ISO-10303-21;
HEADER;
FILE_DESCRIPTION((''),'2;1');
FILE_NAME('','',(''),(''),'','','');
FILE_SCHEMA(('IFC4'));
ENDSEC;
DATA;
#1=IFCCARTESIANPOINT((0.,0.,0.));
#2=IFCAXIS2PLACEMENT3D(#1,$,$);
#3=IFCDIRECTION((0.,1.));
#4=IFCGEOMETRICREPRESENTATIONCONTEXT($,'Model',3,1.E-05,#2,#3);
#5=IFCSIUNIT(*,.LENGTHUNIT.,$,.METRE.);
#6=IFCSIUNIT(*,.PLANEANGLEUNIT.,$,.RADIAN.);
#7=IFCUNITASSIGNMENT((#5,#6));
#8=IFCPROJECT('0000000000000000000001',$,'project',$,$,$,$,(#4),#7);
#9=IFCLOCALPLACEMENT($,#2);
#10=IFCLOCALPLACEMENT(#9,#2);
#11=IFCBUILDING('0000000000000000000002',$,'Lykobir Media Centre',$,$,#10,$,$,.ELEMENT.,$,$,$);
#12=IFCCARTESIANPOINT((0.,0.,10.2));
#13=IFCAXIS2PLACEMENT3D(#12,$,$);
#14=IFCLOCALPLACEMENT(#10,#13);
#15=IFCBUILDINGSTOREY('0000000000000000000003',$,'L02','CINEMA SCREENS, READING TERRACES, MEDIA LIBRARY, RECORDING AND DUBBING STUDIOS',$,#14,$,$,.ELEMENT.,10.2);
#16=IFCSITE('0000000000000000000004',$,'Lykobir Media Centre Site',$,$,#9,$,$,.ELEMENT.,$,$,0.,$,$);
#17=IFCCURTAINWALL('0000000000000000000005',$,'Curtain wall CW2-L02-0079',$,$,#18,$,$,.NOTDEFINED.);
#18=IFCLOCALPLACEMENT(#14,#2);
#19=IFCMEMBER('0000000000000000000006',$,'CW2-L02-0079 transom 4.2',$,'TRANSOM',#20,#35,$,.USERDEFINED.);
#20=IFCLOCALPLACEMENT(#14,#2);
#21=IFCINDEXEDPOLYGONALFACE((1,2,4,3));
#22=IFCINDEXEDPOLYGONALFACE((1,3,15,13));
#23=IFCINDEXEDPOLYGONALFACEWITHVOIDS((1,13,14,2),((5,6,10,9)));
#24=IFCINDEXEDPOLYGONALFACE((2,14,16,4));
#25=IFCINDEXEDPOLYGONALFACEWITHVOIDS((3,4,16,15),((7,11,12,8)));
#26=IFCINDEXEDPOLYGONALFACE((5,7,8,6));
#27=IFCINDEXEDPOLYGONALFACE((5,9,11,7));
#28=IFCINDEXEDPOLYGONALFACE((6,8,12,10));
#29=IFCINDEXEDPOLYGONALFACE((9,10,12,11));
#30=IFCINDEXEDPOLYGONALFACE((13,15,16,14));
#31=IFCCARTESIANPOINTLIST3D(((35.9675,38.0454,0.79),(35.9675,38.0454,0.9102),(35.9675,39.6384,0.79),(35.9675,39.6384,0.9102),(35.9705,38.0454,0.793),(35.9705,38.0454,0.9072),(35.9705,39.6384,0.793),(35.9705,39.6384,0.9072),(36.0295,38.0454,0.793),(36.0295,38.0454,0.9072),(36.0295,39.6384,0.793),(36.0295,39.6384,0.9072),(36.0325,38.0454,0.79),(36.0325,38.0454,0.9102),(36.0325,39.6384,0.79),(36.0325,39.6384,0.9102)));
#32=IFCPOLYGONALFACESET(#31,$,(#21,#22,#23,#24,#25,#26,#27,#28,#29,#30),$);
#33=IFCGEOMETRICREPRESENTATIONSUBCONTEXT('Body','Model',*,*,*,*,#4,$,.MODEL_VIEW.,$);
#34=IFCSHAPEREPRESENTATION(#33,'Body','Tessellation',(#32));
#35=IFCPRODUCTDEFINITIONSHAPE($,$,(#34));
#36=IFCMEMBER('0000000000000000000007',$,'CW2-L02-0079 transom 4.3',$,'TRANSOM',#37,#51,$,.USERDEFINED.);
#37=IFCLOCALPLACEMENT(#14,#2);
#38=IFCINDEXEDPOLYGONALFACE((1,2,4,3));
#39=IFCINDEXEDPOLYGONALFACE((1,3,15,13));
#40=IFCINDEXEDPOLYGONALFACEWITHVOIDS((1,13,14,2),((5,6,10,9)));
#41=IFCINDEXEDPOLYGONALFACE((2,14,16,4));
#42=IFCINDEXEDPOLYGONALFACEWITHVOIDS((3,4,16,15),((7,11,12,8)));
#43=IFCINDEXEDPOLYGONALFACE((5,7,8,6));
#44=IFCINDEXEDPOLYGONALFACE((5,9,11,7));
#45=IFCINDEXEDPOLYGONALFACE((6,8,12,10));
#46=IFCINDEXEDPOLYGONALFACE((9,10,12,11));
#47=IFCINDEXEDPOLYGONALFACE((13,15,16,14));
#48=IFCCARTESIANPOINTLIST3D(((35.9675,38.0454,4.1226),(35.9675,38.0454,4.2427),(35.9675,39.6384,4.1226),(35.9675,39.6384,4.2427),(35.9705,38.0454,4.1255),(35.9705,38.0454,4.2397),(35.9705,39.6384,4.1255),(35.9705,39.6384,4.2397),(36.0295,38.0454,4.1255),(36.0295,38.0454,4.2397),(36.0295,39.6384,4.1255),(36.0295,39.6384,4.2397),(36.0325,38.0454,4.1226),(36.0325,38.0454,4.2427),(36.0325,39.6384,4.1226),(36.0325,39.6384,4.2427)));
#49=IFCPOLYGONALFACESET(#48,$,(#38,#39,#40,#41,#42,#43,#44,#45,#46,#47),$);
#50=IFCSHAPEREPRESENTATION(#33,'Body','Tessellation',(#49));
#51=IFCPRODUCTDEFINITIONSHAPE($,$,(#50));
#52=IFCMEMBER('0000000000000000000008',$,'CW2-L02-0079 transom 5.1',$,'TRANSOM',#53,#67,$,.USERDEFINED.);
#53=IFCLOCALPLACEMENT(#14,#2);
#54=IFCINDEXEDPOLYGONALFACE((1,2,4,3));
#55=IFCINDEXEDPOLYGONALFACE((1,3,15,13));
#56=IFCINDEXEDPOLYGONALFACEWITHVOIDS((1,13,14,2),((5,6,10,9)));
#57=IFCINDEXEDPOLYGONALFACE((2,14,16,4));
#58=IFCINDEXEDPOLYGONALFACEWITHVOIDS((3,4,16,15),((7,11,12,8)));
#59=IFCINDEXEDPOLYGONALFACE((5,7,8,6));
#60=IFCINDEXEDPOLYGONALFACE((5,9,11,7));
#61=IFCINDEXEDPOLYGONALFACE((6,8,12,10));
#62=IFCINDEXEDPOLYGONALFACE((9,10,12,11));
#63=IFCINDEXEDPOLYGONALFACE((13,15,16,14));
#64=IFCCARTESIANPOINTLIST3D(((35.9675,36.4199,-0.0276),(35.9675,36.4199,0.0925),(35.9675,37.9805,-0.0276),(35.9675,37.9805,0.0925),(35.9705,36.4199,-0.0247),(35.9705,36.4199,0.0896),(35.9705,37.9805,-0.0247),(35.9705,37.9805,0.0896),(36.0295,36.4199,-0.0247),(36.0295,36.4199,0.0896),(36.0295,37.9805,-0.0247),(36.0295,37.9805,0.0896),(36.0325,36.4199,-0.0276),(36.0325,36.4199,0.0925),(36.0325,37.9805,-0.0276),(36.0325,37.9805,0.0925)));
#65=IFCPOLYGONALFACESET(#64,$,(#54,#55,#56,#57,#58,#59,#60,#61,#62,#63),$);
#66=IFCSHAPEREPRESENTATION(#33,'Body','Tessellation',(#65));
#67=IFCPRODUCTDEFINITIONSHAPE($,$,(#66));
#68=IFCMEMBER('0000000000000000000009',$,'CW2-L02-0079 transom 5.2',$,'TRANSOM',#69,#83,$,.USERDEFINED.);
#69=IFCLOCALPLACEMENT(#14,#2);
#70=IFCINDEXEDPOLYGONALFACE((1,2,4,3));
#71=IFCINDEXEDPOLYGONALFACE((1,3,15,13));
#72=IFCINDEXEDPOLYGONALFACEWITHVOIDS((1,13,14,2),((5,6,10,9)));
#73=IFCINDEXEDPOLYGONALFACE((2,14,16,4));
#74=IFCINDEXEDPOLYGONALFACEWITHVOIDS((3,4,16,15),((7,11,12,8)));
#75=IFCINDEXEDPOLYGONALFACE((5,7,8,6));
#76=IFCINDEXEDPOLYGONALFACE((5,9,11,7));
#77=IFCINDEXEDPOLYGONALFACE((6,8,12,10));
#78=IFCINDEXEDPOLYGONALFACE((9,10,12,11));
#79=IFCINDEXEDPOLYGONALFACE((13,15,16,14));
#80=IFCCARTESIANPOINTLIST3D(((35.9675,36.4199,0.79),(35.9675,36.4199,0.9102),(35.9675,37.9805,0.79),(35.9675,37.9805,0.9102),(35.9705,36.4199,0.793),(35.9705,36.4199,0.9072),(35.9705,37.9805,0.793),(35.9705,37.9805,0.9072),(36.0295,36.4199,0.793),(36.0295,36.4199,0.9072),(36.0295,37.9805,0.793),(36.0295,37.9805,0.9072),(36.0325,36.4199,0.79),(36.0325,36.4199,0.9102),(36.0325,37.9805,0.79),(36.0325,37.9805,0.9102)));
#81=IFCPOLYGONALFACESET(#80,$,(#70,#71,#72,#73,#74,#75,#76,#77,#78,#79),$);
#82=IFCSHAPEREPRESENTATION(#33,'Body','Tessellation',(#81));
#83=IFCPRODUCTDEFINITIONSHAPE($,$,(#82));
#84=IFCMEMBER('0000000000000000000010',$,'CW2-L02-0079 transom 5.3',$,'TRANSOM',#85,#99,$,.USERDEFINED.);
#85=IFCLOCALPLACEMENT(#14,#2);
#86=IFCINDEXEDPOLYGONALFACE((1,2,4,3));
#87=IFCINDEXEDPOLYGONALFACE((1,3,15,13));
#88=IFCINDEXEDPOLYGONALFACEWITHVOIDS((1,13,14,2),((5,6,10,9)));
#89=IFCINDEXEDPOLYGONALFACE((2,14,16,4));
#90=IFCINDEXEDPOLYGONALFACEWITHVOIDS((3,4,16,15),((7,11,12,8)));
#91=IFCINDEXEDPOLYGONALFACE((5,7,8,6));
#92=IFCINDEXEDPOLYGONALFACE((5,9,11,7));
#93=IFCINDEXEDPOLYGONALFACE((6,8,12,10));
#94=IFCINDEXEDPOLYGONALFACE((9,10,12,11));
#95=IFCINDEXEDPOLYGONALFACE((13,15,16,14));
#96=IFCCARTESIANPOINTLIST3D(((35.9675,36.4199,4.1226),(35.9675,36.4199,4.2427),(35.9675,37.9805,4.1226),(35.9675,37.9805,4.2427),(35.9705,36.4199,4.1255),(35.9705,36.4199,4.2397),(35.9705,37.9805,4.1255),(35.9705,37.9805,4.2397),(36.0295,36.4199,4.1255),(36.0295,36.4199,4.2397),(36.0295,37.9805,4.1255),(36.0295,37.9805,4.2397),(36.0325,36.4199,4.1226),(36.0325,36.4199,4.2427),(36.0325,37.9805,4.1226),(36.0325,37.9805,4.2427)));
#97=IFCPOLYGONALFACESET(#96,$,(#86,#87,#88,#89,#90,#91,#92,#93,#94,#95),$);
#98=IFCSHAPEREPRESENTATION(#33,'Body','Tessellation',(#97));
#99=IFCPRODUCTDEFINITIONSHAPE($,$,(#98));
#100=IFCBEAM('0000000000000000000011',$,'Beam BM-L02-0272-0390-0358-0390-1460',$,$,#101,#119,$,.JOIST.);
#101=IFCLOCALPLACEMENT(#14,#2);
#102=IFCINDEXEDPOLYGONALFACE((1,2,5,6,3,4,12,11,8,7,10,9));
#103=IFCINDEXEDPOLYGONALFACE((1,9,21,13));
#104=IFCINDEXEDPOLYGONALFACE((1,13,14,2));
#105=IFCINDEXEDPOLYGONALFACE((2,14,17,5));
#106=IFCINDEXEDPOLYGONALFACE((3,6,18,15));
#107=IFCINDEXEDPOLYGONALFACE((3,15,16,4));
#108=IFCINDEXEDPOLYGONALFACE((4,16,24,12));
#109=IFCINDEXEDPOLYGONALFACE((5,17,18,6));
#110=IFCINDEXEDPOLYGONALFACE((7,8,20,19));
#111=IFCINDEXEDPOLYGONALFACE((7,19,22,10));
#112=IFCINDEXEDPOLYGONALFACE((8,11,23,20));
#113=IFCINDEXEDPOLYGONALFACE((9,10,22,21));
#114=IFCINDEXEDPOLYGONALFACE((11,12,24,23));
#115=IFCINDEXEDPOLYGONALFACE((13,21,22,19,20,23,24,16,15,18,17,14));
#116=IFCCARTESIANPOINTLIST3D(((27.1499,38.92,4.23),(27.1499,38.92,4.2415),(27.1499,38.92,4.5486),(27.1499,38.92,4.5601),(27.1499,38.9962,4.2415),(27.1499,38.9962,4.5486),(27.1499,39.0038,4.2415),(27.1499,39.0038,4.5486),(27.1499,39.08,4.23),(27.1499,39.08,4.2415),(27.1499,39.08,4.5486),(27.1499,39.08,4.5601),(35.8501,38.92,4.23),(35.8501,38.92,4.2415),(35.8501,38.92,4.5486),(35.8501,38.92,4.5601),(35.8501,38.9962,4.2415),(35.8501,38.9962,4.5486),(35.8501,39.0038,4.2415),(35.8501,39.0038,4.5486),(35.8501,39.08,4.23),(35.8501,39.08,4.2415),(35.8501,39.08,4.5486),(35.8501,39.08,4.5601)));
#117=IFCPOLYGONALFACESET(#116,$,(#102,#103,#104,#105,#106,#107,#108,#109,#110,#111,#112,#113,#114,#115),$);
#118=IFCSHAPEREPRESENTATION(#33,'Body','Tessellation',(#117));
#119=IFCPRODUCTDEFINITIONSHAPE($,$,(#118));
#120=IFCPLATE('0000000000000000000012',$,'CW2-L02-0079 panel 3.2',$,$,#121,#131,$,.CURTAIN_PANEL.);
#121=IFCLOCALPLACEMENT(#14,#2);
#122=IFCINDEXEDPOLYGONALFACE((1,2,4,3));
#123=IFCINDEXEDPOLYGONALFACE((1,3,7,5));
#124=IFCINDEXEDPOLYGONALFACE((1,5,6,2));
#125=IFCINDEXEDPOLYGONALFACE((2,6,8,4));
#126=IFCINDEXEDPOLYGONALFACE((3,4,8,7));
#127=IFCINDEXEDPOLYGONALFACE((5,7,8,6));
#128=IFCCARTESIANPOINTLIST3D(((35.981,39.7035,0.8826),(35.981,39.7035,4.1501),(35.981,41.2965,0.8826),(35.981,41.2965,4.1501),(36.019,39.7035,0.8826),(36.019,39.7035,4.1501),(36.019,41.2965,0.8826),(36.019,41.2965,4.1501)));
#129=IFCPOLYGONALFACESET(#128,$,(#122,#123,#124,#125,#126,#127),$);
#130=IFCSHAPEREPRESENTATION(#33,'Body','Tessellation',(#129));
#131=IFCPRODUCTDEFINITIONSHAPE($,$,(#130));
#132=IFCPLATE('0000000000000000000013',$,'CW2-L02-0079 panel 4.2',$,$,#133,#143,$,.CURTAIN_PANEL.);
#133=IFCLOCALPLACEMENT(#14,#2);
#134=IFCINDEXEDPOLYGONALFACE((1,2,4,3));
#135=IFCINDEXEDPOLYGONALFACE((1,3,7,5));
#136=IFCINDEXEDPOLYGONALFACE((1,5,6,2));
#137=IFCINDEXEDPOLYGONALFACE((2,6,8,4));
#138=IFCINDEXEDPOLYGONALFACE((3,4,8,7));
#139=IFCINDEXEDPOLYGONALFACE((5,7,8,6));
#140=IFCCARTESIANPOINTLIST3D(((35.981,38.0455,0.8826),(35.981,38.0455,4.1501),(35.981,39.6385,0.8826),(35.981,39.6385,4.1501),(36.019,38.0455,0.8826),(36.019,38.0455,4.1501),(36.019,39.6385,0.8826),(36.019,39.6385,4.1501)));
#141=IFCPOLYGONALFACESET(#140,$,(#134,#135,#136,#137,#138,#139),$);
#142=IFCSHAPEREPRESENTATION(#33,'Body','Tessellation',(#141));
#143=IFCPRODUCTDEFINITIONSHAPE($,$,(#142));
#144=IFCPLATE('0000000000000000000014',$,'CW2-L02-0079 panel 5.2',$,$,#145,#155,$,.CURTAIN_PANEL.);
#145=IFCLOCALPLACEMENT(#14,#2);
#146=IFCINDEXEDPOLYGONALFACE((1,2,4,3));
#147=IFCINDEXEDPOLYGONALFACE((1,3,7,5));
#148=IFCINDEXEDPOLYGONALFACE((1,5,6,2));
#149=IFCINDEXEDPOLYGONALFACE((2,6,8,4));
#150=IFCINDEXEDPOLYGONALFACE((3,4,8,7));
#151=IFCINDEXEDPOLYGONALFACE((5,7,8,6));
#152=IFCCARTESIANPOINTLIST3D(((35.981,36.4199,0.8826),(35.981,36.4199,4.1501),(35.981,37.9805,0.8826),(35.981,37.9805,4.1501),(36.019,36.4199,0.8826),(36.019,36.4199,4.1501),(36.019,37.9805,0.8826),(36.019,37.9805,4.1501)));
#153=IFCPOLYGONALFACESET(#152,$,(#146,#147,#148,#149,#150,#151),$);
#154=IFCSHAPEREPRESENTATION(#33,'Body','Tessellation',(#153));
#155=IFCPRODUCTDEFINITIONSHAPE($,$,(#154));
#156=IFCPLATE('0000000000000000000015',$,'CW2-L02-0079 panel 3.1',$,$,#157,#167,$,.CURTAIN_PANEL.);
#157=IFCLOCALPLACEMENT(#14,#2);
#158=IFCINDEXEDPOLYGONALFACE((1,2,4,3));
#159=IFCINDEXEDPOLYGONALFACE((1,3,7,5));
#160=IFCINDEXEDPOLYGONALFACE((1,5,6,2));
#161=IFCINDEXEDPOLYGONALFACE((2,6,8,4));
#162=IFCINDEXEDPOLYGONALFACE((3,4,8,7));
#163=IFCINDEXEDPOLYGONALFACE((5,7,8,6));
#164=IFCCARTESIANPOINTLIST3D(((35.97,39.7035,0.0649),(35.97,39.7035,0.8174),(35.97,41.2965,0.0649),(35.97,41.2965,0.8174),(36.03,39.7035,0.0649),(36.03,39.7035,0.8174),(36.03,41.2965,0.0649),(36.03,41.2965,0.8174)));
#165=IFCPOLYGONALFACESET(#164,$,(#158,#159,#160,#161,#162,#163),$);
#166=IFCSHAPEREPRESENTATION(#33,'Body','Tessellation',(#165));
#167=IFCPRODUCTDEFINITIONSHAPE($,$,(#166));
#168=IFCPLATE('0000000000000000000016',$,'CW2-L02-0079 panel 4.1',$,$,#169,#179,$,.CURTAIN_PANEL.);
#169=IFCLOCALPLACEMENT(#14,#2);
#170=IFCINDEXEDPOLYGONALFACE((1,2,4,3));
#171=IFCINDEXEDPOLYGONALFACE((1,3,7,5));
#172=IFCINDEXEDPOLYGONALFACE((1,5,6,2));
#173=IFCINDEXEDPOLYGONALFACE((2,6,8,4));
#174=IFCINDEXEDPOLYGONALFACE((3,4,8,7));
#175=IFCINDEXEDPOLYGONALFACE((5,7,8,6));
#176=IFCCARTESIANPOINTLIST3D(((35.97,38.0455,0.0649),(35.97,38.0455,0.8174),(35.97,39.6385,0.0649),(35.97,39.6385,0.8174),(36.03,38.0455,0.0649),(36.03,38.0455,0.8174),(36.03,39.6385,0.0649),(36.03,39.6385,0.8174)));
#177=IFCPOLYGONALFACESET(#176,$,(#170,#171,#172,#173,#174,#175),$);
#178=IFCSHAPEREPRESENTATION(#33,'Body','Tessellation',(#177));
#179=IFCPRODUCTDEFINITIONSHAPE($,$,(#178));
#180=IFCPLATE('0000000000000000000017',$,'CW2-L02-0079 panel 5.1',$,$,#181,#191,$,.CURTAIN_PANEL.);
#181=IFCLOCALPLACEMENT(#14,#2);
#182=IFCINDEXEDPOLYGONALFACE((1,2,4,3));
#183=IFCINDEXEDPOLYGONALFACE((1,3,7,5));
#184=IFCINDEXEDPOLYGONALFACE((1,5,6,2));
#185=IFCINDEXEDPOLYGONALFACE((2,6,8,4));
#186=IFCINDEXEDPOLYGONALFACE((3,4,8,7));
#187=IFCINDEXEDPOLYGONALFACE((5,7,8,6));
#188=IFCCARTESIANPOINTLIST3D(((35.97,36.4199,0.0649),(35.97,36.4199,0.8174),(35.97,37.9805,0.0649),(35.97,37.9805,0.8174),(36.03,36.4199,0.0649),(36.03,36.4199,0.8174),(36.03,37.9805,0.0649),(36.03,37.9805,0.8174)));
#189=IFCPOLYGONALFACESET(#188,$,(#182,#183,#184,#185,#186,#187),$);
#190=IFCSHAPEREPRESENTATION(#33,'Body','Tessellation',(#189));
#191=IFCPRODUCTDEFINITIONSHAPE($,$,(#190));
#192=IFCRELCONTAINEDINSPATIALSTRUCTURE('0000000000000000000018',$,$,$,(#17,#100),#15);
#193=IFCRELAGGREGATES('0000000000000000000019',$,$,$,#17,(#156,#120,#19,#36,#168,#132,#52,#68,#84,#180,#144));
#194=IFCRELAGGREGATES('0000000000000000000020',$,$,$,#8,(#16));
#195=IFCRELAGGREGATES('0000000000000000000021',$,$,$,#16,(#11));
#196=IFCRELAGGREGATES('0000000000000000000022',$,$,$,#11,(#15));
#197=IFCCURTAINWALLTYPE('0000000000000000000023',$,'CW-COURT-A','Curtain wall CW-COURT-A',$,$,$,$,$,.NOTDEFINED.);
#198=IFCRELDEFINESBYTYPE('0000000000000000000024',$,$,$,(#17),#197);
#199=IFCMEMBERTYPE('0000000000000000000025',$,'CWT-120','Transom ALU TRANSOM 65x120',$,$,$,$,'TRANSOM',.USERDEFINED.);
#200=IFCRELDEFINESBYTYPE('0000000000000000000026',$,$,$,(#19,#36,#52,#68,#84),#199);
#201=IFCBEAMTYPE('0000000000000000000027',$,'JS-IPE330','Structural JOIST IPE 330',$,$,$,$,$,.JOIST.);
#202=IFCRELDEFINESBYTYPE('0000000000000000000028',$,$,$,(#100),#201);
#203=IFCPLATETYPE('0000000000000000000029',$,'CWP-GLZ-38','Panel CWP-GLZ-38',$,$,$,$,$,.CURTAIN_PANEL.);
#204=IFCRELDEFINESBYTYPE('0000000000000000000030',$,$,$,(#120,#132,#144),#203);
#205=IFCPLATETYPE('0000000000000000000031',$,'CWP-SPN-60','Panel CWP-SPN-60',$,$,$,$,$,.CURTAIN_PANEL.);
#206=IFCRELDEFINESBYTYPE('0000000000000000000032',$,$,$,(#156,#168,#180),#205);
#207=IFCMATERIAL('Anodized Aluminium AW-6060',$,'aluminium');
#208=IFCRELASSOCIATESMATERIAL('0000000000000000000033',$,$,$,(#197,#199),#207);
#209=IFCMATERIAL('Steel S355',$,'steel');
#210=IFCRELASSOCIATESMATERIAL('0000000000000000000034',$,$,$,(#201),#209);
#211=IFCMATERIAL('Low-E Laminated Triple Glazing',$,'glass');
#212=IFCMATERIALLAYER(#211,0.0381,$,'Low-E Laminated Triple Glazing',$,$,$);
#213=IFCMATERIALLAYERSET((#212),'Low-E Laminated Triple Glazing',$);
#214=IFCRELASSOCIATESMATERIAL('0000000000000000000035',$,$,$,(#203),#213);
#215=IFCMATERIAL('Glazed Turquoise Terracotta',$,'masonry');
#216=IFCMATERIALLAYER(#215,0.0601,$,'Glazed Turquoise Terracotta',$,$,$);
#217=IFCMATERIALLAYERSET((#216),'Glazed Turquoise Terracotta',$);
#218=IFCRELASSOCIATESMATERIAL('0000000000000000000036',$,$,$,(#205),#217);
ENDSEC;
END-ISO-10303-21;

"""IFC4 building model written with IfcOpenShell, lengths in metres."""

from ifc_helpers import new_model, si_unit, direction, frame, origin, origin_2d, place, context, subcontext, project, spatial, rectangle, hollow_rectangle, i_section, extrude, material, layer, layer_set, material_profile, profile_set, type_object, element, aggregate, save


model = new_model("IFC4")

# Units and contexts
model_context = context("Model", 3, precision=1e-05, world=origin(), true_north=direction((0.0, 1.0)))
body_context = subcontext(model_context, "Body", "Model", "MODEL_VIEW")
ifc_project = project(units=[si_unit("LENGTHUNIT", "METRE"), si_unit("PLANEANGLEUNIT", "RADIAN")], contexts=[model_context])

# Site, building, storey
site_placement = place(None, origin())
site = spatial("IfcSite", under=ifc_project, at=site_placement, Name="Lykobir Media Centre Site", CompositionType="ELEMENT", RefElevation=0.0)
building_placement = place(site_placement, origin())
building = spatial("IfcBuilding", under=site, at=building_placement, Name="Lykobir Media Centre", CompositionType="ELEMENT")
storey_placement = place(building_placement, frame((0.0, 0.0, 10.2)))
storey = spatial("IfcBuildingStorey", under=building, at=storey_placement, Name="L02", Description="CINEMA SCREENS, READING TERRACES, MEDIA LIBRARY, RECORDING AND DUBBING STUDIOS", CompositionType="ELEMENT", Elevation=10.2)

# Shared definitions
ifc_material_1 = material(Name="Steel S355", Category="steel")

# Shared definitions
ifc_material_2 = material(Name="Anodized Aluminium AW-6060", Category="aluminium")
curtain_wall_type = type_object("IfcCurtainWallType", Name="CW-COURT-A", Description="Curtain wall CW-COURT-A", PredefinedType="NOTDEFINED", material=ifc_material_2)

# Curtain wall
curtain_wall_1_placement = place(storey_placement, origin())
curtain_wall_1 = element("IfcCurtainWall", 1, at=curtain_wall_1_placement, inside=storey, type_object=curtain_wall_type, Name="Curtain wall CW2-L02-0079", PredefinedType="NOTDEFINED")

# Members
ifc_material_profile_1 = material_profile(ifc_material_2, hollow_rectangle(XDim=0.0649, YDim=0.1201, WallThickness=0.0029, at=origin_2d()), Name="ALU TRANSOM 65x120")
ifc_profile_set_1 = profile_set([ifc_material_profile_1], Name="Anodized Aluminium AW-6060")
member_type_1 = type_object("IfcMemberType", Name="CWT-120", Description="Transom ALU TRANSOM 65x120", ElementType="TRANSOM", PredefinedType="USERDEFINED", material=ifc_profile_set_1)
member_1_placement = place(storey_placement, frame((36.0, 39.6384, 0.8501), z_axis=(0.0, -1.0, 0.0), x_axis=(1.0, 0.0, 0.0)))
member_1 = element("IfcMember", 2, at=member_1_placement, type_object=member_type_1, Name="CW2-L02-0079 transom 4.2", ObjectType="TRANSOM", PredefinedType="USERDEFINED", context=body_context, shape_type="SweptSolid", body=[
    extrude(hollow_rectangle(XDim=0.0649, YDim=0.1201, WallThickness=0.0029, at=origin_2d()), origin(), (0.0, 0.0, 1.0), 1.593),
])
member_2_placement = place(storey_placement, frame((36.0, 39.6384, 4.1826), z_axis=(0.0, -1.0, 0.0), x_axis=(1.0, 0.0, 0.0)))
member_2 = element("IfcMember", 3, at=member_2_placement, type_object=member_type_1, Name="CW2-L02-0079 transom 4.3", ObjectType="TRANSOM", PredefinedType="USERDEFINED", context=body_context, shape_type="SweptSolid", body=[
    extrude(hollow_rectangle(XDim=0.0649, YDim=0.1201, WallThickness=0.0029, at=origin_2d()), origin(), (0.0, 0.0, 1.0), 1.593),
])
member_3_placement = place(storey_placement, frame((36.0, 37.9805, 0.0325), z_axis=(0.0, -1.0, 0.0), x_axis=(1.0, 0.0, 0.0)))
member_3 = element("IfcMember", 4, at=member_3_placement, type_object=member_type_1, Name="CW2-L02-0079 transom 5.1", ObjectType="TRANSOM", PredefinedType="USERDEFINED", context=body_context, shape_type="SweptSolid", body=[
    extrude(hollow_rectangle(XDim=0.0649, YDim=0.1201, WallThickness=0.0029, at=origin_2d()), origin(), (0.0, 0.0, 1.0), 1.5605),
])
member_4_placement = place(storey_placement, frame((36.0, 37.9805, 0.8501), z_axis=(0.0, -1.0, 0.0), x_axis=(1.0, 0.0, 0.0)))
member_4 = element("IfcMember", 5, at=member_4_placement, type_object=member_type_1, Name="CW2-L02-0079 transom 5.2", ObjectType="TRANSOM", PredefinedType="USERDEFINED", context=body_context, shape_type="SweptSolid", body=[
    extrude(hollow_rectangle(XDim=0.0649, YDim=0.1201, WallThickness=0.0029, at=origin_2d()), origin(), (0.0, 0.0, 1.0), 1.5605),
])
member_5_placement = place(storey_placement, frame((36.0, 37.9805, 4.1826), z_axis=(0.0, -1.0, 0.0), x_axis=(1.0, 0.0, 0.0)))
member_5 = element("IfcMember", 6, at=member_5_placement, type_object=member_type_1, Name="CW2-L02-0079 transom 5.3", ObjectType="TRANSOM", PredefinedType="USERDEFINED", context=body_context, shape_type="SweptSolid", body=[
    extrude(hollow_rectangle(XDim=0.0649, YDim=0.1201, WallThickness=0.0029, at=origin_2d()), origin(), (0.0, 0.0, 1.0), 1.5605),
])

# Beam
ifc_material_profile_2 = material_profile(ifc_material_1, i_section(OverallWidth=0.1599, OverallDepth=0.3301, WebThickness=0.0076, FlangeThickness=0.0115, at=origin_2d()), Name="IPE 330")
ifc_profile_set_2 = profile_set([ifc_material_profile_2], Name="Steel S355")
beam_type_1 = type_object("IfcBeamType", Name="JS-IPE330", Description="Structural JOIST IPE 330", PredefinedType="JOIST", material=ifc_profile_set_2)
beam_1_placement = place(storey_placement, frame((27.1499, 39.0, 4.395), z_axis=(1.0, 0.0, 0.0), x_axis=(0.0, 1.0, 0.0)))
element("IfcBeam", 7, at=beam_1_placement, inside=storey, type_object=beam_type_1, Name="Beam BM-L02-0272-0390-0358-0390-1460", PredefinedType="JOIST", context=body_context, shape_type="SweptSolid", body=[
    extrude(i_section(OverallWidth=0.1599, OverallDepth=0.3301, WebThickness=0.0076, FlangeThickness=0.0115, at=origin_2d()), origin(), (0.0, 0.0, 1.0), 8.7002),
])

# Plates
ifc_material_3 = material(Name="Low-E Laminated Triple Glazing", Category="glass")
ifc_layer_1 = layer(ifc_material_3, 0.0381, Name="Low-E Laminated Triple Glazing")
ifc_layer_set_1 = layer_set([ifc_layer_1], Name="Low-E Laminated Triple Glazing")
plate_type_1 = type_object("IfcPlateType", Name="CWP-GLZ-38", Description="Panel CWP-GLZ-38", PredefinedType="CURTAIN_PANEL", material=ifc_layer_set_1)
plate_1_placement = place(storey_placement, frame((36.0, 40.5, 0.8826), z_axis=(0.0, 0.0, 1.0), x_axis=(0.0, -1.0, 0.0)))
plate_1 = element("IfcPlate", 8, at=plate_1_placement, type_object=plate_type_1, Name="CW2-L02-0079 panel 3.2", PredefinedType="CURTAIN_PANEL", context=body_context, shape_type="SweptSolid", body=[
    extrude(rectangle(XDim=1.593, YDim=0.0381, at=origin_2d()), origin(), (0.0, 0.0, 1.0), 3.2676),
])
plate_2_placement = place(storey_placement, frame((36.0, 38.842, 0.8826), z_axis=(0.0, 0.0, 1.0), x_axis=(0.0, -1.0, 0.0)))
plate_2 = element("IfcPlate", 9, at=plate_2_placement, type_object=plate_type_1, Name="CW2-L02-0079 panel 4.2", PredefinedType="CURTAIN_PANEL", context=body_context, shape_type="SweptSolid", body=[
    extrude(rectangle(XDim=1.593, YDim=0.0381, at=origin_2d()), origin(), (0.0, 0.0, 1.0), 3.2676),
])
plate_3_placement = place(storey_placement, frame((36.0, 37.2002, 0.8826), z_axis=(0.0, 0.0, 1.0), x_axis=(0.0, -1.0, 0.0)))
plate_3 = element("IfcPlate", 10, at=plate_3_placement, type_object=plate_type_1, Name="CW2-L02-0079 panel 5.2", PredefinedType="CURTAIN_PANEL", context=body_context, shape_type="SweptSolid", body=[
    extrude(rectangle(XDim=1.5605, YDim=0.0381, at=origin_2d()), origin(), (0.0, 0.0, 1.0), 3.2676),
])
ifc_material_4 = material(Name="Glazed Turquoise Terracotta", Category="masonry")
ifc_layer_2 = layer(ifc_material_4, 0.0601, Name="Glazed Turquoise Terracotta")
ifc_layer_set_2 = layer_set([ifc_layer_2], Name="Glazed Turquoise Terracotta")
plate_type_2 = type_object("IfcPlateType", Name="CWP-SPN-60", Description="Panel CWP-SPN-60", PredefinedType="CURTAIN_PANEL", material=ifc_layer_set_2)
plate_4_placement = place(storey_placement, frame((36.0, 40.5, 0.0649), z_axis=(0.0, 0.0, 1.0), x_axis=(0.0, -1.0, 0.0)))
plate_4 = element("IfcPlate", 11, at=plate_4_placement, type_object=plate_type_2, Name="CW2-L02-0079 panel 3.1", PredefinedType="CURTAIN_PANEL", context=body_context, shape_type="SweptSolid", body=[
    extrude(rectangle(XDim=1.593, YDim=0.0601, at=origin_2d()), origin(), (0.0, 0.0, 1.0), 0.7524),
])
plate_5_placement = place(storey_placement, frame((36.0, 38.842, 0.0649), z_axis=(0.0, 0.0, 1.0), x_axis=(0.0, -1.0, 0.0)))
plate_5 = element("IfcPlate", 12, at=plate_5_placement, type_object=plate_type_2, Name="CW2-L02-0079 panel 4.1", PredefinedType="CURTAIN_PANEL", context=body_context, shape_type="SweptSolid", body=[
    extrude(rectangle(XDim=1.593, YDim=0.0601, at=origin_2d()), origin(), (0.0, 0.0, 1.0), 0.7524),
])
plate_6_placement = place(storey_placement, frame((36.0, 37.2002, 0.0649), z_axis=(0.0, 0.0, 1.0), x_axis=(0.0, -1.0, 0.0)))
plate_6 = element("IfcPlate", 13, at=plate_6_placement, type_object=plate_type_2, Name="CW2-L02-0079 panel 5.1", PredefinedType="CURTAIN_PANEL", context=body_context, shape_type="SweptSolid", body=[
    extrude(rectangle(XDim=1.5605, YDim=0.0601, at=origin_2d()), origin(), (0.0, 0.0, 1.0), 0.7524),
])
aggregate(curtain_wall_1, [plate_4, plate_1, member_1, member_2, plate_5, plate_2, member_3, member_4, member_5, plate_6, plate_3])

save(model, "model.ifc")
